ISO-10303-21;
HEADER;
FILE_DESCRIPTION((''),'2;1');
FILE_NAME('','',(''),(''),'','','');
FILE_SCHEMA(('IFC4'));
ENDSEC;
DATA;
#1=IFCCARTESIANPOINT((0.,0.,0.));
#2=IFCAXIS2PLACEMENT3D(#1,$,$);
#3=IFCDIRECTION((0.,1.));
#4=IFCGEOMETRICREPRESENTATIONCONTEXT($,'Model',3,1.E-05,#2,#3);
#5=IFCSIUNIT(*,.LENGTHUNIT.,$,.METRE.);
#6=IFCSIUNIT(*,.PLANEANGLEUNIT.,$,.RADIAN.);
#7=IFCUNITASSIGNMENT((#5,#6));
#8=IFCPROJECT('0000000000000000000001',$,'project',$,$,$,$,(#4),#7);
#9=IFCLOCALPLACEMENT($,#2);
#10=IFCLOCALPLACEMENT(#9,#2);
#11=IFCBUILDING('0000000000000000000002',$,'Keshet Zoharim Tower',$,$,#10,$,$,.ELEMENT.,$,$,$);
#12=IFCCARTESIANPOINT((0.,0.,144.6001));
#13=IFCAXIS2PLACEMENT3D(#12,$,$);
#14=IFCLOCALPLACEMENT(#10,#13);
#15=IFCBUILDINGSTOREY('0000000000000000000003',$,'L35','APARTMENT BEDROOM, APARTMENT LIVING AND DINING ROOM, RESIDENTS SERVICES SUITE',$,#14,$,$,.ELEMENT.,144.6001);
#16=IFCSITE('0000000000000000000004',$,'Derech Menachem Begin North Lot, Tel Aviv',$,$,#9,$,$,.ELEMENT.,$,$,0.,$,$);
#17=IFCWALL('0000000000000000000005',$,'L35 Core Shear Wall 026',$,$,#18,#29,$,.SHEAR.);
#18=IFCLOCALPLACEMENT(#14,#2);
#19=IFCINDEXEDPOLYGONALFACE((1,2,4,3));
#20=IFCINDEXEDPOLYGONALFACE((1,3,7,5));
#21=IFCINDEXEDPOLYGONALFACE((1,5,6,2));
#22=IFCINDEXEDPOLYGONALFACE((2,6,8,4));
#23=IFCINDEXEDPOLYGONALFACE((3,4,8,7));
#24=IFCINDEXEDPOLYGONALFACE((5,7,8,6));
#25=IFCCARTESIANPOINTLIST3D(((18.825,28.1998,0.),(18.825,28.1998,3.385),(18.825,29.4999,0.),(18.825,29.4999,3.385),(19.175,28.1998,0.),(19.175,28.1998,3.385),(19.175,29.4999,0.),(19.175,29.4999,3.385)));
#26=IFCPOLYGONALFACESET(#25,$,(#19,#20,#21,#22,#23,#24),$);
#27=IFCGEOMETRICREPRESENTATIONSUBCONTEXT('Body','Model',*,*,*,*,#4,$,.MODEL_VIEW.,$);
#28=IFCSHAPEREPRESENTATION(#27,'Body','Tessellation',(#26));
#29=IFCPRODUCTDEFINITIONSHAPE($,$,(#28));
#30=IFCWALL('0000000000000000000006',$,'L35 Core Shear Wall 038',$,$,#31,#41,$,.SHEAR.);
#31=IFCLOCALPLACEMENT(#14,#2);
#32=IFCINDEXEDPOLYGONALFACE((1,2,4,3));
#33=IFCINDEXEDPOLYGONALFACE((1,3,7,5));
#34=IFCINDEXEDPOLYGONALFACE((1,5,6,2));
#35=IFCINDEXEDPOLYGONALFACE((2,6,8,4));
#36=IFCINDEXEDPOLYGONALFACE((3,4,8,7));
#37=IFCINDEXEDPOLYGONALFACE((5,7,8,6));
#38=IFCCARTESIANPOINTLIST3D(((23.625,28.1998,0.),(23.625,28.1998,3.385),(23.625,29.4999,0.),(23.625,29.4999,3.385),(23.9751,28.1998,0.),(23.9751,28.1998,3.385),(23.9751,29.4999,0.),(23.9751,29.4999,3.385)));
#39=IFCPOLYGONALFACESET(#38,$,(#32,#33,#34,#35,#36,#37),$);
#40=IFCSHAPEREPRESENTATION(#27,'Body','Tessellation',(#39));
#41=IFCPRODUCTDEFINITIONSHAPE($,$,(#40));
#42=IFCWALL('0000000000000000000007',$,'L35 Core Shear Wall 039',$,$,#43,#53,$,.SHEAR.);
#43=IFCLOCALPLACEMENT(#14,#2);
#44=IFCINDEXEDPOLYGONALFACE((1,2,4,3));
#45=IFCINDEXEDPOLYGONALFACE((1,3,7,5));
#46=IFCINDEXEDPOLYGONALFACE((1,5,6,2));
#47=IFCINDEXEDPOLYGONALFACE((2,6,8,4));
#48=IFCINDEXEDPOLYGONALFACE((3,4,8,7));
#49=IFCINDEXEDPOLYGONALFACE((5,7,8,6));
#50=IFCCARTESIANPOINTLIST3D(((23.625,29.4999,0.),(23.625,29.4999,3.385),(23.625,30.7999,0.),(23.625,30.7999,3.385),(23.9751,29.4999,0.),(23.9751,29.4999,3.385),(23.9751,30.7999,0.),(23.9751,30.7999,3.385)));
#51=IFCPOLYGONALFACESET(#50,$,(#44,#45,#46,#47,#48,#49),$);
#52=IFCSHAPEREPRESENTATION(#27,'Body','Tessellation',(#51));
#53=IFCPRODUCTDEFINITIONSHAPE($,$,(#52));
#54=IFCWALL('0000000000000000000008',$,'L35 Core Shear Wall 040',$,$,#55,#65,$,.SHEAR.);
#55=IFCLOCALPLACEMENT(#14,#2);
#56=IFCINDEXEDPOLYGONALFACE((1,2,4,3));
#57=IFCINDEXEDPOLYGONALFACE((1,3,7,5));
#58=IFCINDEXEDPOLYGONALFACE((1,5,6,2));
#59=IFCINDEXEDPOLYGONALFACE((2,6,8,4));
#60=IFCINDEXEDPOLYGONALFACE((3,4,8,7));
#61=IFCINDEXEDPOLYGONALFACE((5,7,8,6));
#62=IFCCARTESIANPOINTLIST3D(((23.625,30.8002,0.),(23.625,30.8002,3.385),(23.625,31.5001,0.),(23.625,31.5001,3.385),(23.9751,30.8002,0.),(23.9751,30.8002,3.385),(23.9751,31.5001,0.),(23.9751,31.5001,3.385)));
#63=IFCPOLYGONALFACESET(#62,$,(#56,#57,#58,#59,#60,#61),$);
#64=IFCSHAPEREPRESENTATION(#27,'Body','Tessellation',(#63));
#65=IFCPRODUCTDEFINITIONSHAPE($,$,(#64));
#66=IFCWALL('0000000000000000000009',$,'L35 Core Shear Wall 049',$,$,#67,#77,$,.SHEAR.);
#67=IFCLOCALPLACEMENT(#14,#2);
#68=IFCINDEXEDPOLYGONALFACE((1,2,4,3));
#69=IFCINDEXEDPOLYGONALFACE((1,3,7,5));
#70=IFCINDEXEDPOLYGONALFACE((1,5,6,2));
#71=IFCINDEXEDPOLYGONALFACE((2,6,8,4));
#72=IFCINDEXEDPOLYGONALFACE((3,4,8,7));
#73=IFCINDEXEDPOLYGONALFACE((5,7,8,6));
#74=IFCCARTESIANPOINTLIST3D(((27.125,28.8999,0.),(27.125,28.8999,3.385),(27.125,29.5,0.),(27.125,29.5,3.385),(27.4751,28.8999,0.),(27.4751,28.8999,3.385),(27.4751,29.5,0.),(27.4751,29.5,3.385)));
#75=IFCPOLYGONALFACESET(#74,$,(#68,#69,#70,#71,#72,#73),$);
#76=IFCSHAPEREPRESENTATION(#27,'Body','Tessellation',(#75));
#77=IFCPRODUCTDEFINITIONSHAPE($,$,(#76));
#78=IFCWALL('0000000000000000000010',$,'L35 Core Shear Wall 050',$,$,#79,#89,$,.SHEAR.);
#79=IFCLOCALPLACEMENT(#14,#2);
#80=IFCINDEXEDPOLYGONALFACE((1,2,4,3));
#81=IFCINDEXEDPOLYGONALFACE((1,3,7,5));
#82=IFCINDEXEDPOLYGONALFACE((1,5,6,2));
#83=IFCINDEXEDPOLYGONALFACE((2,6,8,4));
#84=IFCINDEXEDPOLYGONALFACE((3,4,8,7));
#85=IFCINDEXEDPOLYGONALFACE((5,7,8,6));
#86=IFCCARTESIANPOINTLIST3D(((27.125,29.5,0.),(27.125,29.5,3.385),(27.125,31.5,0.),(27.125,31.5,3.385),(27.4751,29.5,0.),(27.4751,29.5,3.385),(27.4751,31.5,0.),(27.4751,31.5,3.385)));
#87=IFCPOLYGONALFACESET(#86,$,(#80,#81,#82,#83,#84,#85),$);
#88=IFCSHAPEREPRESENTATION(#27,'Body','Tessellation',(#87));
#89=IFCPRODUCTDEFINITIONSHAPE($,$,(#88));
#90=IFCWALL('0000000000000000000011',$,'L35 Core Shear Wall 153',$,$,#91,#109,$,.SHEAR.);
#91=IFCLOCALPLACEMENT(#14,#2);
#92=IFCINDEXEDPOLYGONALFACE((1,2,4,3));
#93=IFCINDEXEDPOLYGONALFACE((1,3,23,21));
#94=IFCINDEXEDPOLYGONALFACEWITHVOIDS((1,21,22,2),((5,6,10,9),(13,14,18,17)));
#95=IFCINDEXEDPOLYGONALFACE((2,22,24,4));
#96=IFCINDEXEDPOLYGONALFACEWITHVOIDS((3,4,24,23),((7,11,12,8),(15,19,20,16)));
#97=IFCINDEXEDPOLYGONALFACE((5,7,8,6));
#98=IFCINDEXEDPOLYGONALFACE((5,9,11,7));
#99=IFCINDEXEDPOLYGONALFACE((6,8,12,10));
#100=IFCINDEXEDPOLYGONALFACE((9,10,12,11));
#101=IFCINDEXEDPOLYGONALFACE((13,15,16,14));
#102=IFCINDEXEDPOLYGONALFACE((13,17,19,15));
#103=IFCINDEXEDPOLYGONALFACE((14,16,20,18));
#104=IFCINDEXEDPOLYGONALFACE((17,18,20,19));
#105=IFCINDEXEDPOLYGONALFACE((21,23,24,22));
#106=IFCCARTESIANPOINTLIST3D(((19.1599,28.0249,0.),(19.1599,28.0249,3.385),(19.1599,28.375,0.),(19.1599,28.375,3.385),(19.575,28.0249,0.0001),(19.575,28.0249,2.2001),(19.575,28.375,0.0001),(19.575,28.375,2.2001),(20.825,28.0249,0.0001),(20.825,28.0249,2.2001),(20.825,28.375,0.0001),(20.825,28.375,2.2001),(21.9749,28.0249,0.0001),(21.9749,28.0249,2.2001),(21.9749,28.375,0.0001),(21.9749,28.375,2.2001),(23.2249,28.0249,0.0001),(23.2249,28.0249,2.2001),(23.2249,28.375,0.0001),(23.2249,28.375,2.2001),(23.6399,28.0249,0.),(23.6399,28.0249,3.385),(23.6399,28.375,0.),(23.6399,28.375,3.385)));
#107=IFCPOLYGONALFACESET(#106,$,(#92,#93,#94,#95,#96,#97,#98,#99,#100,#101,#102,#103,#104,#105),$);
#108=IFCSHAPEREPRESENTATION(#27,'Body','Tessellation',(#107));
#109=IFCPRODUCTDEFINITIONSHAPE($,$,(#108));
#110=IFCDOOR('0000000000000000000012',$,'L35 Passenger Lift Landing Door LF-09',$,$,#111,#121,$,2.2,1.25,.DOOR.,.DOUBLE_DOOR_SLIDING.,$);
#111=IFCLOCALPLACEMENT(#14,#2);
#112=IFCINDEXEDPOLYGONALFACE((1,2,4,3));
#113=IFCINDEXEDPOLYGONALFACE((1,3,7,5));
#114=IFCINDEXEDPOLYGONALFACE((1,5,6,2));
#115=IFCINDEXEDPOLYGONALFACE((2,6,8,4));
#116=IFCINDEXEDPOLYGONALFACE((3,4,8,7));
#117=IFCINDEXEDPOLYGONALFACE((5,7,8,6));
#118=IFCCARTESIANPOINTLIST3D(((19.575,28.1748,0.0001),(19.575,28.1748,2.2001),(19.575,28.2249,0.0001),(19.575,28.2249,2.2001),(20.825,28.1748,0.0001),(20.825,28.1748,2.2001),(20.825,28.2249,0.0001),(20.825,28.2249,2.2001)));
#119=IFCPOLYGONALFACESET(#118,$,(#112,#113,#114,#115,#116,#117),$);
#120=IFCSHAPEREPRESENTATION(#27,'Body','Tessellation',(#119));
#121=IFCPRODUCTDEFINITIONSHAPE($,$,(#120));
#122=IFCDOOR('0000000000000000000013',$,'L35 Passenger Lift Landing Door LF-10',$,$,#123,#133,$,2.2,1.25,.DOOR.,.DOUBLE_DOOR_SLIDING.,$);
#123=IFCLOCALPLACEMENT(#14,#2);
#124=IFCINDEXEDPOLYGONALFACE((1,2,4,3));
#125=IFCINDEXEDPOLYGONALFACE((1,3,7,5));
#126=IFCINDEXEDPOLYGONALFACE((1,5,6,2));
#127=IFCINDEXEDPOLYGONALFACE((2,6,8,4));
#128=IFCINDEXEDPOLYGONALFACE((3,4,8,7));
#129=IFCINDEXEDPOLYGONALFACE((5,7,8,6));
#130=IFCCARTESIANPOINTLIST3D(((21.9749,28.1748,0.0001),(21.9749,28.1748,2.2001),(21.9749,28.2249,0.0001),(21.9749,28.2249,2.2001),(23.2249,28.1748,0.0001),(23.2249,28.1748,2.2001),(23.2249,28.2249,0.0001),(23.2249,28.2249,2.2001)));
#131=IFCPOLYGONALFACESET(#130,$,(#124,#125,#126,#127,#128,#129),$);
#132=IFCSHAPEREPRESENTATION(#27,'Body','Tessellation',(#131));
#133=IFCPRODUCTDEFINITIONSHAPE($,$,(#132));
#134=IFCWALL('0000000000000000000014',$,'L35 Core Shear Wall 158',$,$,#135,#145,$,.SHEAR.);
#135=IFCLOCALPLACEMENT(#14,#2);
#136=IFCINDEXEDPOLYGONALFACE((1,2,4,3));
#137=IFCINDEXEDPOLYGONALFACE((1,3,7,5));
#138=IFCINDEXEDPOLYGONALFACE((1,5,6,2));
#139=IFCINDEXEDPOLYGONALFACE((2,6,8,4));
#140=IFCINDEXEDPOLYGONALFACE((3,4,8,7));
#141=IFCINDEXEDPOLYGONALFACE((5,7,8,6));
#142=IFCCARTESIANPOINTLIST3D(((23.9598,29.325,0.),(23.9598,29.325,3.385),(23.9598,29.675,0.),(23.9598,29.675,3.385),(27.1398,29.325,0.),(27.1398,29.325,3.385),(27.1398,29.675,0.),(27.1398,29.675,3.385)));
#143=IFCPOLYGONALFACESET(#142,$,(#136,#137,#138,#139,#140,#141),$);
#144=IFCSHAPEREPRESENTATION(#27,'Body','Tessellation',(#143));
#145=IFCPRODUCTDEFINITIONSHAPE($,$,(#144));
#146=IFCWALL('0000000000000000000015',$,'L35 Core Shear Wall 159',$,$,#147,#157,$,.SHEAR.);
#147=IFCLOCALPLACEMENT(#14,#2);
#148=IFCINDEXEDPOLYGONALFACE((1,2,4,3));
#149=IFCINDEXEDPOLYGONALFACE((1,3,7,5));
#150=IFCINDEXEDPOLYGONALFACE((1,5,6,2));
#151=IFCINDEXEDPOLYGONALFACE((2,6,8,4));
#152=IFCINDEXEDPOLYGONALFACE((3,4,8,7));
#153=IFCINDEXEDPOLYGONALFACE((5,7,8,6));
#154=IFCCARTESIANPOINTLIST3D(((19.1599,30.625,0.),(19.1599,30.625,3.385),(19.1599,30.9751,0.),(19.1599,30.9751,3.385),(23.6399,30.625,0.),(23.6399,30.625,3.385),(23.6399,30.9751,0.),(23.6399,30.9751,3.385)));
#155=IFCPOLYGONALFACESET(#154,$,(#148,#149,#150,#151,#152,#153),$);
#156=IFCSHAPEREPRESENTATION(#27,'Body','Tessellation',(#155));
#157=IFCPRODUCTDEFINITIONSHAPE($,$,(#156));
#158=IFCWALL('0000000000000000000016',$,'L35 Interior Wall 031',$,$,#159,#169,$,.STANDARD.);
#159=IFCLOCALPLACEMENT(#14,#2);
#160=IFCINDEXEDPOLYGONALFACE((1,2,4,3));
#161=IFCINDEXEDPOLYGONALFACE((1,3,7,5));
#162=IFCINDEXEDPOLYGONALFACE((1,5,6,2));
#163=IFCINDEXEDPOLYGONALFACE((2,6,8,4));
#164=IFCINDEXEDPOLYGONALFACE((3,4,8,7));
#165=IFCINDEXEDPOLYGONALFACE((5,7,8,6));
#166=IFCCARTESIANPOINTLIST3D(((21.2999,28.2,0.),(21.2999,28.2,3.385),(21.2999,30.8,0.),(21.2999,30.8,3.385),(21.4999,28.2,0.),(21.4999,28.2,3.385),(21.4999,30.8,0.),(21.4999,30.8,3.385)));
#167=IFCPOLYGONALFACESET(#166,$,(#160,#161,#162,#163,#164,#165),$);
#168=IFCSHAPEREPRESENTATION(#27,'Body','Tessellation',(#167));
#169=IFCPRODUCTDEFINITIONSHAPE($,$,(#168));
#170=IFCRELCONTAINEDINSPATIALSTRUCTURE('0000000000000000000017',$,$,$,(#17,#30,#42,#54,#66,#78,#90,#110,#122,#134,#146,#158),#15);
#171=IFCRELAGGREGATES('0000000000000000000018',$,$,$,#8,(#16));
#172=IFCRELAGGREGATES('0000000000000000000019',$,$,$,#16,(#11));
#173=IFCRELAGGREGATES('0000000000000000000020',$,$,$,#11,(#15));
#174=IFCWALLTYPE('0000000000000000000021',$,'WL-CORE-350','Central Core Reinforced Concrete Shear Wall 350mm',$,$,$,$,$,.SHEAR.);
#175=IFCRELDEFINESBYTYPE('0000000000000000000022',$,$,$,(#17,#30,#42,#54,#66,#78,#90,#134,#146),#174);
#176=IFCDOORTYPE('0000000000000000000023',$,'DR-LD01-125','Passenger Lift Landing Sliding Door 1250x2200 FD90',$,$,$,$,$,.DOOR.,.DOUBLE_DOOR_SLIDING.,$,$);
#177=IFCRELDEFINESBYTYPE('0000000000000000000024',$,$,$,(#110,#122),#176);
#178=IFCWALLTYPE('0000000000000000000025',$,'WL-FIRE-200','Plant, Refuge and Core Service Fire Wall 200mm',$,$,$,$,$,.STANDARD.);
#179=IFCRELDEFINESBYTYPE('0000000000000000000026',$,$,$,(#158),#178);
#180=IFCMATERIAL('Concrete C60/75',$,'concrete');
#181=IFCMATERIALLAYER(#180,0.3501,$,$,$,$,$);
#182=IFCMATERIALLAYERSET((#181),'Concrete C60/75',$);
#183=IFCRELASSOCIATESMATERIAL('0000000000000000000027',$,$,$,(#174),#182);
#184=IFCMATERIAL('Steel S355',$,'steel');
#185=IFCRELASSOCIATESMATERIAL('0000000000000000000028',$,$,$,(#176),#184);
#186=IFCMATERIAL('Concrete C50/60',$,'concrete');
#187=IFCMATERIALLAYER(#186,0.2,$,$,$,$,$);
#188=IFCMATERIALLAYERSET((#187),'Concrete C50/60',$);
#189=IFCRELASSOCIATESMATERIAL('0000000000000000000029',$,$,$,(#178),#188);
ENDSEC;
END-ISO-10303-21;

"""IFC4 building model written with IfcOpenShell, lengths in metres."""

from ifc_helpers import new_model, si_unit, direction, frame, frame_2d, origin, place, context, subcontext, project, spatial, rectangle, extrude, material, layer, layer_set, type_object, element, fill, save


model = new_model("IFC4")

# Units and contexts
model_context = context("Model", 3, precision=1e-05, world=origin(), true_north=direction((0.0, 1.0)))
body_context = subcontext(model_context, "Body", "Model", "MODEL_VIEW")
ifc_project = project(units=[si_unit("LENGTHUNIT", "METRE"), si_unit("PLANEANGLEUNIT", "RADIAN")], contexts=[model_context])

# Site, building, storey
site_placement = place(None, origin())
site = spatial("IfcSite", under=ifc_project, at=site_placement, Name="Derech Menachem Begin North Lot, Tel Aviv", CompositionType="ELEMENT", RefElevation=0.0)
building_placement = place(site_placement, origin())
building = spatial("IfcBuilding", under=site, at=building_placement, Name="Keshet Zoharim Tower", CompositionType="ELEMENT")
storey_placement = place(building_placement, frame((0.0, 0.0, 144.6001)))
storey = spatial("IfcBuildingStorey", under=building, at=storey_placement, Name="L35", Description="APARTMENT BEDROOM, APARTMENT LIVING AND DINING ROOM, RESIDENTS SERVICES SUITE", CompositionType="ELEMENT", Elevation=144.6001)

# Wall
ifc_material_1 = material(Name="Concrete C60/75", Category="concrete")
ifc_layer_1 = layer(ifc_material_1, 0.3501)
ifc_layer_set_1 = layer_set([ifc_layer_1], Name="Concrete C60/75")
wall_type_1 = type_object("IfcWallType", Name="WL-CORE-350", Description="Central Core Reinforced Concrete Shear Wall 350mm", PredefinedType="SHEAR", material=ifc_layer_set_1)
wall_1_placement = place(storey_placement, frame((19.0, 28.2, 0.0), z_axis=(0.0, 0.0, 1.0), x_axis=(0.0, 1.0, 0.0)))
element("IfcWall", 1, at=wall_1_placement, inside=storey, type_object=wall_type_1, Name="L35 Core Shear Wall 026", PredefinedType="SHEAR", context=body_context, shape_type="SweptSolid", body=[
    extrude(rectangle(XDim=1.3, YDim=0.3501, at=frame_2d((0.6499, 0.0))), origin(), (0.0, 0.0, 1.0), 3.385),
])

# Walls
for number, where, z_axis, x_axis, name in (
    (2, (23.8, 28.2, 0.0), (0.0, 0.0, 1.0), (0.0, 1.0, 0.0), "L35 Core Shear Wall 038"),
    (3, (23.8, 29.5, 0.0), (0.0, 0.0, 1.0), (0.0, 1.0, 0.0), "L35 Core Shear Wall 039"),
):
    element("IfcWall", number, at=place(storey_placement, frame(where, z_axis=z_axis, x_axis=x_axis)), inside=storey, type_object=wall_type_1, Name=name, PredefinedType="SHEAR", context=body_context, shape_type="SweptSolid", body=[
        extrude(rectangle(XDim=1.3, YDim=0.3501, at=frame_2d((0.6499, 0.0))), origin(), (0.0, 0.0, 1.0), 3.385),
    ])
wall_2_placement = place(storey_placement, frame((23.8, 30.8, 0.0), z_axis=(0.0, 0.0, 1.0), x_axis=(0.0, 1.0, 0.0)))
element("IfcWall", 4, at=wall_2_placement, inside=storey, type_object=wall_type_1, Name="L35 Core Shear Wall 040", PredefinedType="SHEAR", context=body_context, shape_type="SweptSolid", body=[
    extrude(rectangle(XDim=0.7, YDim=0.3501, at=frame_2d((0.3501, 0.0))), origin(), (0.0, 0.0, 1.0), 3.385),
])

# Walls
wall_3_placement = place(storey_placement, frame((27.3, 28.8999, 0.0), z_axis=(0.0, 0.0, 1.0), x_axis=(0.0, 1.0, 0.0)))
element("IfcWall", 5, at=wall_3_placement, inside=storey, type_object=wall_type_1, Name="L35 Core Shear Wall 049", PredefinedType="SHEAR", context=body_context, shape_type="SweptSolid", body=[
    extrude(rectangle(XDim=0.6001, YDim=0.3501, at=frame_2d((0.3, 0.0))), origin(), (0.0, 0.0, 1.0), 3.385),
])
wall_4_placement = place(storey_placement, frame((27.3, 29.5, 0.0), z_axis=(0.0, 0.0, 1.0), x_axis=(0.0, 1.0, 0.0)))
element("IfcWall", 6, at=wall_4_placement, inside=storey, type_object=wall_type_1, Name="L35 Core Shear Wall 050", PredefinedType="SHEAR", context=body_context, shape_type="SweptSolid", body=[
    extrude(rectangle(XDim=2.0, YDim=0.3501, at=frame_2d((1.0, 0.0))), origin(), (0.0, 0.0, 1.0), 3.385),
])

# Wall, openings, doors
wall_5_placement = place(storey_placement, frame((19.1599, 28.2, 0.0), z_axis=(0.0, 0.0, 1.0), x_axis=(1.0, 0.0, 0.0)))
wall_5 = element("IfcWall", 7, at=wall_5_placement, inside=storey, type_object=wall_type_1, Name="L35 Core Shear Wall 153", PredefinedType="SHEAR", context=body_context, shape_type="SweptSolid", body=[
    extrude(rectangle(XDim=4.48, YDim=0.3501, at=frame_2d((2.24, 0.0))), origin(), (0.0, 0.0, 1.0), 3.385),
])
opening_1_placement = place(wall_5_placement, frame((0.415, 0.0, 0.0)))
opening_1 = element("IfcOpeningElement", 8, at=opening_1_placement, cuts=wall_5, PredefinedType="OPENING", context=body_context, shape_type="SweptSolid", body=[
    extrude(rectangle(XDim=1.25, YDim=2.2, at=frame_2d((0.625, 1.1001))), frame((0.0, 0.1851, 0.0), z_axis=(0.0, -1.0, 0.0), x_axis=(1.0, 0.0, 0.0)), (0.0, 0.0, 1.0), 0.3701),
])
opening_2_placement = place(wall_5_placement, frame((2.8149, 0.0, 0.0)))
opening_2 = element("IfcOpeningElement", 9, at=opening_2_placement, cuts=wall_5, PredefinedType="OPENING", context=body_context, shape_type="SweptSolid", body=[
    extrude(rectangle(XDim=1.25, YDim=2.2, at=frame_2d((0.625, 1.1001))), frame((0.0, 0.1851, 0.0), z_axis=(0.0, -1.0, 0.0), x_axis=(1.0, 0.0, 0.0)), (0.0, 0.0, 1.0), 0.3701),
])
ifc_material_2 = material(Name="Steel S355", Category="steel")
door_type_1 = type_object("IfcDoorType", Name="DR-LD01-125", Description="Passenger Lift Landing Sliding Door 1250x2200 FD90", OperationType="DOUBLE_DOOR_SLIDING", PredefinedType="DOOR", material=ifc_material_2)
door_1_placement = place(opening_1_placement, origin())
door_1 = element("IfcDoor", 10, at=door_1_placement, inside=storey, type_object=door_type_1, Name="L35 Passenger Lift Landing Door LF-09", OperationType="DOUBLE_DOOR_SLIDING", OverallHeight=2.2, OverallWidth=1.25, PredefinedType="DOOR", context=body_context, shape_type="SweptSolid", body=[
    extrude(rectangle(XDim=1.25, YDim=2.2, at=frame_2d((0.625, 1.1001))), frame((0.0, 0.0249, 0.0), z_axis=(0.0, -1.0, 0.0), x_axis=(1.0, 0.0, 0.0)), (0.0, 0.0, 1.0), 0.05),
])
fill(opening_1, door_1)
door_2_placement = place(opening_2_placement, origin())
door_2 = element("IfcDoor", 11, at=door_2_placement, inside=storey, type_object=door_type_1, Name="L35 Passenger Lift Landing Door LF-10", OperationType="DOUBLE_DOOR_SLIDING", OverallHeight=2.2, OverallWidth=1.25, PredefinedType="DOOR", context=body_context, shape_type="SweptSolid", body=[
    extrude(rectangle(XDim=1.25, YDim=2.2, at=frame_2d((0.625, 1.1001))), frame((0.0, 0.0249, 0.0), z_axis=(0.0, -1.0, 0.0), x_axis=(1.0, 0.0, 0.0)), (0.0, 0.0, 1.0), 0.05),
])
fill(opening_2, door_2)

# Walls
wall_6_placement = place(storey_placement, frame((23.96, 29.5, 0.0), z_axis=(0.0, 0.0, 1.0), x_axis=(1.0, 0.0, 0.0)))
element("IfcWall", 12, at=wall_6_placement, inside=storey, type_object=wall_type_1, Name="L35 Core Shear Wall 158", PredefinedType="SHEAR", context=body_context, shape_type="SweptSolid", body=[
    extrude(rectangle(XDim=3.1799, YDim=0.3501, at=frame_2d((1.5898, 0.0))), origin(), (0.0, 0.0, 1.0), 3.385),
])
wall_7_placement = place(storey_placement, frame((19.1599, 30.8, 0.0), z_axis=(0.0, 0.0, 1.0), x_axis=(1.0, 0.0, 0.0)))
element("IfcWall", 13, at=wall_7_placement, inside=storey, type_object=wall_type_1, Name="L35 Core Shear Wall 159", PredefinedType="SHEAR", context=body_context, shape_type="SweptSolid", body=[
    extrude(rectangle(XDim=4.48, YDim=0.3501, at=frame_2d((2.24, 0.0))), origin(), (0.0, 0.0, 1.0), 3.385),
])
ifc_material_3 = material(Name="Concrete C50/60", Category="concrete")
ifc_layer_2 = layer(ifc_material_3, 0.2)
ifc_layer_set_2 = layer_set([ifc_layer_2], Name="Concrete C50/60")
wall_type_2 = type_object("IfcWallType", Name="WL-FIRE-200", Description="Plant, Refuge and Core Service Fire Wall 200mm", PredefinedType="STANDARD", material=ifc_layer_set_2)
wall_8_placement = place(storey_placement, frame((21.3999, 28.2, 0.0), z_axis=(0.0, 0.0, 1.0), x_axis=(0.0, 1.0, 0.0)))
element("IfcWall", 14, at=wall_8_placement, inside=storey, type_object=wall_type_2, Name="L35 Interior Wall 031", PredefinedType="STANDARD", context=body_context, shape_type="SweptSolid", body=[
    extrude(rectangle(XDim=2.6001, YDim=0.2, at=frame_2d((1.3, 0.0))), origin(), (0.0, 0.0, 1.0), 3.385),
])

save(model, "model.ifc")
